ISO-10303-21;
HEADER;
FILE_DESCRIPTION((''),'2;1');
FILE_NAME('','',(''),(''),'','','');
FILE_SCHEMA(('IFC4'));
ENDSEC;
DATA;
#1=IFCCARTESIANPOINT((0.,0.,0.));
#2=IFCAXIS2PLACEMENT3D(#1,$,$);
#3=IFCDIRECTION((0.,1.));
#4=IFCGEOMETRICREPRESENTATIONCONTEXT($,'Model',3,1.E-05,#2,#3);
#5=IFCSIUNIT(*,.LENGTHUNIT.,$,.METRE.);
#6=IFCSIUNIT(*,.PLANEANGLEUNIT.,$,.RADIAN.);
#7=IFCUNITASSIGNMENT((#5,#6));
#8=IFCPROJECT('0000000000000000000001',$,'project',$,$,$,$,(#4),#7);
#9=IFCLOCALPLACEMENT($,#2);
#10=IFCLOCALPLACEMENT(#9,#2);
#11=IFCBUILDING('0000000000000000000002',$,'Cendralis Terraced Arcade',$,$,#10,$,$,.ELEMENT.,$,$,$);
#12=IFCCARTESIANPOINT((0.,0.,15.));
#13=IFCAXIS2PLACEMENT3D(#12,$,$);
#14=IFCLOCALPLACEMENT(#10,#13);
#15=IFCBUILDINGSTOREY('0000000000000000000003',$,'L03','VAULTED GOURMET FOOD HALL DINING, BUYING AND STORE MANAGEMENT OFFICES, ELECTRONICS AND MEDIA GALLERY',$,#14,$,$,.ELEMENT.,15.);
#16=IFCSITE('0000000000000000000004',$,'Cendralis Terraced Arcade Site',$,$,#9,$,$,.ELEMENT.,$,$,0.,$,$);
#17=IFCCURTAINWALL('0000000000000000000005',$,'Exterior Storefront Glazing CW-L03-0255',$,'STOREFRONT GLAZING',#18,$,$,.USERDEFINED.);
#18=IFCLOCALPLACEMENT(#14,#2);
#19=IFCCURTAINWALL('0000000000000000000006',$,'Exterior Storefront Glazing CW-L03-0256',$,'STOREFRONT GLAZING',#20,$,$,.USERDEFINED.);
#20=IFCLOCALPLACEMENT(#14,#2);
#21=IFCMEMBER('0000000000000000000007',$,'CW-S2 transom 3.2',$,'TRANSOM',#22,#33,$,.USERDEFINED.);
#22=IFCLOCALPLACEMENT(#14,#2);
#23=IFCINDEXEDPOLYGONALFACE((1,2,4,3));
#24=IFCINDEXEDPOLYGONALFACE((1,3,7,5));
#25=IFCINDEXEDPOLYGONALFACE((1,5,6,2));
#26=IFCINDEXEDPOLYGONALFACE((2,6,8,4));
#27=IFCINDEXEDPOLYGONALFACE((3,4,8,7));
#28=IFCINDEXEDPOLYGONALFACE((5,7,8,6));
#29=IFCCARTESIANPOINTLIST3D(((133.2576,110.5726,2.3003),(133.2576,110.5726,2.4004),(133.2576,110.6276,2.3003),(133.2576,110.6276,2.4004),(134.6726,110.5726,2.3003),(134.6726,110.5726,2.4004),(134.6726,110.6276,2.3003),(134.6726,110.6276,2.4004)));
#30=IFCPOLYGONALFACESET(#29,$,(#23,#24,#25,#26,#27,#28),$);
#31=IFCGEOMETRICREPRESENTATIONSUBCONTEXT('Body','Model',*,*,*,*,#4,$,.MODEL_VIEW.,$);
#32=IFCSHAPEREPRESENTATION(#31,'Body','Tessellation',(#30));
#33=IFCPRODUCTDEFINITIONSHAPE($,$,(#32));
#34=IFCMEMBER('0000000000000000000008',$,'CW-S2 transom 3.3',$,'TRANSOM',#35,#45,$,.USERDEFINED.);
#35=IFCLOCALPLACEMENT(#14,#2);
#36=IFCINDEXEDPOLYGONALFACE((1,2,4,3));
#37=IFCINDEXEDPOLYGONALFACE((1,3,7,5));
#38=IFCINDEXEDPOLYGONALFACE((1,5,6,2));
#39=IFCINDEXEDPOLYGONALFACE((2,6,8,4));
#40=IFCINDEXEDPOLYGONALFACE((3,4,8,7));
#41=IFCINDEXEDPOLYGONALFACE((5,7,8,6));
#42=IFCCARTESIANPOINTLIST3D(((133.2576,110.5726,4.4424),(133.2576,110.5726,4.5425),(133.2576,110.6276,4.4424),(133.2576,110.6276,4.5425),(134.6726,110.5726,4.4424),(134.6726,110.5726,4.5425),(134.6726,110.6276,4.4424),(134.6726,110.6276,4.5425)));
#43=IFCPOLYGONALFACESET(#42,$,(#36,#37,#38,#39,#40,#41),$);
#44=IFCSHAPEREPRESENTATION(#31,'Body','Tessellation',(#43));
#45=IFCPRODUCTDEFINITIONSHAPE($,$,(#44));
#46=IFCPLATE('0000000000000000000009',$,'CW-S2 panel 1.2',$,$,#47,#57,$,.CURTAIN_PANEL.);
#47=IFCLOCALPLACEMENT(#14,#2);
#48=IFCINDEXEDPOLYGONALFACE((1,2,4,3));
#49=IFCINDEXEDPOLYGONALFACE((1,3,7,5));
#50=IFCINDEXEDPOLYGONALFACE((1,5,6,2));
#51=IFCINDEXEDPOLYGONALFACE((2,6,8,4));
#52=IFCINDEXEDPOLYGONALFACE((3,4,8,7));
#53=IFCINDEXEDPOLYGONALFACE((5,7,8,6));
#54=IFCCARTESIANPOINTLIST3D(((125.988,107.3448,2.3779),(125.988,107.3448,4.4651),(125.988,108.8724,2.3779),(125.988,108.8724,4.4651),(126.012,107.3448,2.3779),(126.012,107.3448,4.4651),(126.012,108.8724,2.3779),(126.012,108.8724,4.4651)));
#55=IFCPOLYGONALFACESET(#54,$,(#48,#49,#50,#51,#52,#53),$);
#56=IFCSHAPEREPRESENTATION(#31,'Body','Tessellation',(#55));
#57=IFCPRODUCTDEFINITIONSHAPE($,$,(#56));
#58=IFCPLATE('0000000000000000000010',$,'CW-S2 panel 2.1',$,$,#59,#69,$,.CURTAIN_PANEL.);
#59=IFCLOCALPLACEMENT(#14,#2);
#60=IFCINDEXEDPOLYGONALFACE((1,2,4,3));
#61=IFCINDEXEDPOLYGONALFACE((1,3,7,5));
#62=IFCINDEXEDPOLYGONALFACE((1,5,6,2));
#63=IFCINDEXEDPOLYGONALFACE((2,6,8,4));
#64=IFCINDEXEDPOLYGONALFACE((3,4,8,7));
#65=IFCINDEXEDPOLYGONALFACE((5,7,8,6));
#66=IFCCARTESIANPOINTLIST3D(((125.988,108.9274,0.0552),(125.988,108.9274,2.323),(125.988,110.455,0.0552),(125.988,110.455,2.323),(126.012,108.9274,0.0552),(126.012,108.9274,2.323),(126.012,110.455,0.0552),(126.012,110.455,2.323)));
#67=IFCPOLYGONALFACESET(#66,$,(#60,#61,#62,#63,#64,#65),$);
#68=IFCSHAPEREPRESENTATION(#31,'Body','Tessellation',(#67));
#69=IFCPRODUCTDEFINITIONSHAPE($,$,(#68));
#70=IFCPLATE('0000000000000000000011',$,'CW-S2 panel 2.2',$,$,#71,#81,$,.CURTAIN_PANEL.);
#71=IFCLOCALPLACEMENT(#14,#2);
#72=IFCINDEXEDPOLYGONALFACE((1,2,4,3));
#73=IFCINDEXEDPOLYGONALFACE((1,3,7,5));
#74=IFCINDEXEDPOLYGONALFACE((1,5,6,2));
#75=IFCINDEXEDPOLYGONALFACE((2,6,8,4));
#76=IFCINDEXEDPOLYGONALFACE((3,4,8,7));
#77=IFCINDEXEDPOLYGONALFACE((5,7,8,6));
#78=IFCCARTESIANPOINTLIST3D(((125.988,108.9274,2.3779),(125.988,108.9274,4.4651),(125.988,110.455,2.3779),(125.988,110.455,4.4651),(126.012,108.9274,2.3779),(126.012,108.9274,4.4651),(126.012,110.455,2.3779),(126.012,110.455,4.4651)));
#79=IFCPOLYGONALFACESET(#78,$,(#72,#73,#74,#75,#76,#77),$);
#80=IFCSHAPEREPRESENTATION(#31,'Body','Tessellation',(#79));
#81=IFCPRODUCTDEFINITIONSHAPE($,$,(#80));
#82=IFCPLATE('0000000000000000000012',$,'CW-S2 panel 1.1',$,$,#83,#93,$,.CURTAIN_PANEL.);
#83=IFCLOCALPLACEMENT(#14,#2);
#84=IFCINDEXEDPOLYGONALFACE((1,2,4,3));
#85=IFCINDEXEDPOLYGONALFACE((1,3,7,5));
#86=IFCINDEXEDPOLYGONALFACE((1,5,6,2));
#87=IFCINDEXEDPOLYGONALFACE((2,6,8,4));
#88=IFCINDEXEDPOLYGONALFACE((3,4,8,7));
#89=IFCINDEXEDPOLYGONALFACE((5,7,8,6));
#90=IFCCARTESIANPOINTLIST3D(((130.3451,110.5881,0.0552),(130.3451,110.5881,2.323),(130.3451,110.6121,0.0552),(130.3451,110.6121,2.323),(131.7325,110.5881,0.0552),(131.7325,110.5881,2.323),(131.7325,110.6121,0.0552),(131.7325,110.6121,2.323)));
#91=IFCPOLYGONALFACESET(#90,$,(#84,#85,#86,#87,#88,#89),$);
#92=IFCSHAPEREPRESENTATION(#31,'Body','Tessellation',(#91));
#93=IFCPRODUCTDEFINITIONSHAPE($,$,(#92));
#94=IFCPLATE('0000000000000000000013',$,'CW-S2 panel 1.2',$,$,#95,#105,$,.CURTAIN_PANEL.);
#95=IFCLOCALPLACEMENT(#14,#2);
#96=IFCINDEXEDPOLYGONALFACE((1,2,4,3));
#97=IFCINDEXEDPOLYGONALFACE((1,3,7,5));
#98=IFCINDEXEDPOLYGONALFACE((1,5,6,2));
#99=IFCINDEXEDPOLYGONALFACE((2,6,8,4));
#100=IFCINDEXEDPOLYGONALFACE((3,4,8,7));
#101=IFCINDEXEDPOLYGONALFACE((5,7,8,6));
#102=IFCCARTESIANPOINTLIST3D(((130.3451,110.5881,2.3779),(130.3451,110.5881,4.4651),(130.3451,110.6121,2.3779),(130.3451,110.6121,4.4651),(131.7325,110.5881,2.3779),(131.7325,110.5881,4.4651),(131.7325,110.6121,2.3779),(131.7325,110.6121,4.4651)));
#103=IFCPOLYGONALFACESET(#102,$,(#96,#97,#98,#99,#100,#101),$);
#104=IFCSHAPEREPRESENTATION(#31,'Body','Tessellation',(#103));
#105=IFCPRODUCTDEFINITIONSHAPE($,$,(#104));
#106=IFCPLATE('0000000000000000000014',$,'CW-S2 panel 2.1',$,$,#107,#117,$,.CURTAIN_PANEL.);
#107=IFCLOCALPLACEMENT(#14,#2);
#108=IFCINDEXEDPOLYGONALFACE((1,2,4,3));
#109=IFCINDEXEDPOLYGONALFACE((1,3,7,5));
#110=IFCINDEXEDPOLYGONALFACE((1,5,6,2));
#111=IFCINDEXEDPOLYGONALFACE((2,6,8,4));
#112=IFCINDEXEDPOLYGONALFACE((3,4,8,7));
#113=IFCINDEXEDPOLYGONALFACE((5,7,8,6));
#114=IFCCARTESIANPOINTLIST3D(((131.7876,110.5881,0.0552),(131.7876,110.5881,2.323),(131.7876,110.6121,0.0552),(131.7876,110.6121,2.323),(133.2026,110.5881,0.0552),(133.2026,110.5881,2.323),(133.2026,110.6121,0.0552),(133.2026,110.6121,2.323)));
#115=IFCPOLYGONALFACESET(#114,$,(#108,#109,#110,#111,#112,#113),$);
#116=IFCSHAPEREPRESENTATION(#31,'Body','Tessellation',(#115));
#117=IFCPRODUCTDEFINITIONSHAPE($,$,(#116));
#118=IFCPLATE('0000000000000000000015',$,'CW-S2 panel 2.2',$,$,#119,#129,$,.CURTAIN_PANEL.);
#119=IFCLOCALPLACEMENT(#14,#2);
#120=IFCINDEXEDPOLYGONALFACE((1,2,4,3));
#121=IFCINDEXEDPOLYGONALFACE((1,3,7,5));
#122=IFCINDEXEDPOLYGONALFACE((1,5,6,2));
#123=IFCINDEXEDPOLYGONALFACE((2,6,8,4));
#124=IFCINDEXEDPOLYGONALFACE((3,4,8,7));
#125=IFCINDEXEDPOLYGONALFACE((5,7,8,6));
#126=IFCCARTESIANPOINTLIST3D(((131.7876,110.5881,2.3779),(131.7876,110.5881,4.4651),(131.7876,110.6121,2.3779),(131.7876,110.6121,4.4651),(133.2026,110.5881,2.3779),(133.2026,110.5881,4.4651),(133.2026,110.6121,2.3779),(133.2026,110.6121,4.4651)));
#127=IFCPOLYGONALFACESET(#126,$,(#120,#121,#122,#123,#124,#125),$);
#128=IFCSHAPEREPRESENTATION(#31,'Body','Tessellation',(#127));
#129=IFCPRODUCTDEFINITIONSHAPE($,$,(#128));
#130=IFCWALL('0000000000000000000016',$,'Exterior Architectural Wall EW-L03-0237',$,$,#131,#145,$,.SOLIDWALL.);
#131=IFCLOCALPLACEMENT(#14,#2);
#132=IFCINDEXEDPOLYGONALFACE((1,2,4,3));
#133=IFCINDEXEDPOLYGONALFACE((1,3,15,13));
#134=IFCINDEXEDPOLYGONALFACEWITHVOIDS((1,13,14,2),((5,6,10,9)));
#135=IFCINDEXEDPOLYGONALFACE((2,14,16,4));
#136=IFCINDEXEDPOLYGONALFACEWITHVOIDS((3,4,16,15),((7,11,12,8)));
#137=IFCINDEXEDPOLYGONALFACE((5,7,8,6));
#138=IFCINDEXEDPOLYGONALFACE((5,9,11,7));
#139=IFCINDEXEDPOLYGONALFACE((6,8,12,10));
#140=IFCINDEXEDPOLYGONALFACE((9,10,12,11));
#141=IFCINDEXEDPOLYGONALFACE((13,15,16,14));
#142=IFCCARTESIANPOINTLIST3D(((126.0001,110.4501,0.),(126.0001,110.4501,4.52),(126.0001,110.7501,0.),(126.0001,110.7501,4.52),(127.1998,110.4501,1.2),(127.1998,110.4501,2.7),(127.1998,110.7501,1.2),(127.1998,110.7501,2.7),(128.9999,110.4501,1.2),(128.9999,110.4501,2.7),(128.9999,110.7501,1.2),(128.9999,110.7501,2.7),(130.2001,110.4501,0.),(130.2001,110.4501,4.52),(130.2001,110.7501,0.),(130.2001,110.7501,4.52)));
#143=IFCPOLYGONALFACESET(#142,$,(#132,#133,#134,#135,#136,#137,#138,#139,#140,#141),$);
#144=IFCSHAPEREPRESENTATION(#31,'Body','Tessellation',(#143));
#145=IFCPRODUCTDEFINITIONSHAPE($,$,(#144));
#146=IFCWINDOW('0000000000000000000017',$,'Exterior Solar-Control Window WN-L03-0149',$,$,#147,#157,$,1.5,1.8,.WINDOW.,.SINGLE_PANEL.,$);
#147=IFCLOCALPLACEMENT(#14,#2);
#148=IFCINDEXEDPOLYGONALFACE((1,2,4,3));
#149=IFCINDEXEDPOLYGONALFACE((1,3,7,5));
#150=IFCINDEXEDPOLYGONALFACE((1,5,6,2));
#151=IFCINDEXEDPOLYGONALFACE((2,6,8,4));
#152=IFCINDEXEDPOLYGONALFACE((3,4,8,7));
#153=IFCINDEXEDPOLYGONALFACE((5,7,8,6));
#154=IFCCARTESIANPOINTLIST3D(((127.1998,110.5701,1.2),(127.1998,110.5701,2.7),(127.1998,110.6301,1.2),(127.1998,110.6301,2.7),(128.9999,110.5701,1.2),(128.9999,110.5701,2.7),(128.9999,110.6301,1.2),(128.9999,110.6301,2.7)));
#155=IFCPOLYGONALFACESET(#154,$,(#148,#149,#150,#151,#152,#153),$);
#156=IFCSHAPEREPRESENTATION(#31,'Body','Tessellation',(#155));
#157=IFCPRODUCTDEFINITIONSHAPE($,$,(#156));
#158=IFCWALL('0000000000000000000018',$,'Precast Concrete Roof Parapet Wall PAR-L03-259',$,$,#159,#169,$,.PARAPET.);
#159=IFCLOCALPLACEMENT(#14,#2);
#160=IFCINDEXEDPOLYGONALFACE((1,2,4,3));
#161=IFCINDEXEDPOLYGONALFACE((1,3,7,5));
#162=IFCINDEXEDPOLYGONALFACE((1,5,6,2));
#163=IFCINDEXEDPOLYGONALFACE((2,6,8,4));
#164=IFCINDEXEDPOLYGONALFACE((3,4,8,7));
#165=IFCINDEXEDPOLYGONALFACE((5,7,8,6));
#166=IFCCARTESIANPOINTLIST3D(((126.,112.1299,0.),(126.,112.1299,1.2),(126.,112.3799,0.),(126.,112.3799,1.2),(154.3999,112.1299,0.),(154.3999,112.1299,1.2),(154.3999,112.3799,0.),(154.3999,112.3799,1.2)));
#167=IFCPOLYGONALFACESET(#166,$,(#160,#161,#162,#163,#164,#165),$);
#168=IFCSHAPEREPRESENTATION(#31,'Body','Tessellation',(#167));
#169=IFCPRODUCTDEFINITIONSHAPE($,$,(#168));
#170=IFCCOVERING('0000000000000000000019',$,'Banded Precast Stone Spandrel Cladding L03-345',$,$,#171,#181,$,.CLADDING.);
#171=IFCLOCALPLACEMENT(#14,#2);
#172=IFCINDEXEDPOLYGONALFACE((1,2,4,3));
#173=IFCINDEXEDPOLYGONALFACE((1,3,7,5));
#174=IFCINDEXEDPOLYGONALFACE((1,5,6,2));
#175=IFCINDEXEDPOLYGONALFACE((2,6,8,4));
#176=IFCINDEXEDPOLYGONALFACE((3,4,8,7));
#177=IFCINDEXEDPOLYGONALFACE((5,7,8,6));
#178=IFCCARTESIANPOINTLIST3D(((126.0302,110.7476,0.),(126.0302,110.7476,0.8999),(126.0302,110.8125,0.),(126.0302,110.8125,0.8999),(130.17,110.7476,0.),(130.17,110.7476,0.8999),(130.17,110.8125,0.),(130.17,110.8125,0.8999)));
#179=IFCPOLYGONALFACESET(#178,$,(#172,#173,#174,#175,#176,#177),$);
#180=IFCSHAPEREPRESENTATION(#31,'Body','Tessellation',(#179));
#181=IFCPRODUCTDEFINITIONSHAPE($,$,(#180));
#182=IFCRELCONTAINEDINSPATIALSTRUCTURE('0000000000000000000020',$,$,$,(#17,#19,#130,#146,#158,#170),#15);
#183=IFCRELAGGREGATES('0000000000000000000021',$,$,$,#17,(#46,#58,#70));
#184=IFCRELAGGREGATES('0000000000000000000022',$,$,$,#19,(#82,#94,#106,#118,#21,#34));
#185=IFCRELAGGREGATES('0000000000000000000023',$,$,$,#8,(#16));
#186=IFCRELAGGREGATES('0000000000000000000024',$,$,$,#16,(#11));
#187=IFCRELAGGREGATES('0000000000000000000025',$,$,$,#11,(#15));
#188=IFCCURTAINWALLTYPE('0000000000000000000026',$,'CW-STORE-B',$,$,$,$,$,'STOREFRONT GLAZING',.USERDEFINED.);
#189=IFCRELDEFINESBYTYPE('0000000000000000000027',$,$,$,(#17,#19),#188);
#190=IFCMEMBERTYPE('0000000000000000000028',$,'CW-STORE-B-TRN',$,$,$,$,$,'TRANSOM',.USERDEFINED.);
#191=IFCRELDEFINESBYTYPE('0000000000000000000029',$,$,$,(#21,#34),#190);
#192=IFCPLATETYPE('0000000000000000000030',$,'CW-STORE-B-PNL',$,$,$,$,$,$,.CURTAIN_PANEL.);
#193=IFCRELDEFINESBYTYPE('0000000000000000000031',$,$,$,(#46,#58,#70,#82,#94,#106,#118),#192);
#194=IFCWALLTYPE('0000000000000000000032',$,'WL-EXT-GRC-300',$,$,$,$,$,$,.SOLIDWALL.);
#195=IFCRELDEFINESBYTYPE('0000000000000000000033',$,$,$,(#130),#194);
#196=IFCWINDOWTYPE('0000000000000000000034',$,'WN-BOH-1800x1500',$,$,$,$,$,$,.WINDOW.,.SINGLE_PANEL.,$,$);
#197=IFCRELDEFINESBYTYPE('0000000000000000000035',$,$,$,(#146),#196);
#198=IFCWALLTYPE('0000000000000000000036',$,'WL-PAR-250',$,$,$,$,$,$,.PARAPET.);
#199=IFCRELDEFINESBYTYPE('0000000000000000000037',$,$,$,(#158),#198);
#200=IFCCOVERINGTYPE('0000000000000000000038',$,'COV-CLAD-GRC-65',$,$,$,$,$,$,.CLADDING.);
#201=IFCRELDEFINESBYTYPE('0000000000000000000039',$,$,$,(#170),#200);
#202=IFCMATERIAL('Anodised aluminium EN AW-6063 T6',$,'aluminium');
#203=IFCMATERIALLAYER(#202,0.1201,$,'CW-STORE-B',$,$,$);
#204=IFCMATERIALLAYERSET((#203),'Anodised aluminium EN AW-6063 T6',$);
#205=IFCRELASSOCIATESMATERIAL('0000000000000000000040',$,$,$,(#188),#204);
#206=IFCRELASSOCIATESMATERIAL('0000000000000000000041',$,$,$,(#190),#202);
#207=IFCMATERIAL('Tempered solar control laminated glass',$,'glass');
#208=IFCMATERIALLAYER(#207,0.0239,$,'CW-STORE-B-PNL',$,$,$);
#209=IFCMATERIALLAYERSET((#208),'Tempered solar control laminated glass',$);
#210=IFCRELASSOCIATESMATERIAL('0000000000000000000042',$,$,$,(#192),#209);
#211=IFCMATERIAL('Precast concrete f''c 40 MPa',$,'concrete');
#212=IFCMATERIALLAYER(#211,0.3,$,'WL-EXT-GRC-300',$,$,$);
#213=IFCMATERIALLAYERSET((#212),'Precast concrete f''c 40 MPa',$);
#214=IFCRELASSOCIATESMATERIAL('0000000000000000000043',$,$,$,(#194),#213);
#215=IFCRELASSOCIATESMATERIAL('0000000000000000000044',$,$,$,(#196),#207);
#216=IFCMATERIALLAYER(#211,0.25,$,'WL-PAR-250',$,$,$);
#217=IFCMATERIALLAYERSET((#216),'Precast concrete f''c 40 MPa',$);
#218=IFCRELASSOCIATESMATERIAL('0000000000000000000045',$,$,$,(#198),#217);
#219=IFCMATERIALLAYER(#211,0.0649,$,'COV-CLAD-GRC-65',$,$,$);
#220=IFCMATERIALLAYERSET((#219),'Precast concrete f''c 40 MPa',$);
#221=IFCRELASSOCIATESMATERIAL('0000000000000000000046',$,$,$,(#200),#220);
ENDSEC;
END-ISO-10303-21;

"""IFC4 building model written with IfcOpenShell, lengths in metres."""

from ifc_helpers import new_model, si_unit, direction, frame, frame_2d, origin, origin_2d, place, context, subcontext, project, spatial, rectangle, extrude, material, layer, layer_set, material_profile, profile_set, type_object, element, fill, aggregate, save


model = new_model("IFC4")

# Units and contexts
model_context = context("Model", 3, precision=1e-05, world=origin(), true_north=direction((0.0, 1.0)))
body_context = subcontext(model_context, "Body", "Model", "MODEL_VIEW")
ifc_project = project(units=[si_unit("LENGTHUNIT", "METRE"), si_unit("PLANEANGLEUNIT", "RADIAN")], contexts=[model_context])

# Site, building, storey
site_placement = place(None, origin())
site = spatial("IfcSite", under=ifc_project, at=site_placement, Name="Cendralis Terraced Arcade Site", CompositionType="ELEMENT", RefElevation=0.0)
building_placement = place(site_placement, origin())
building = spatial("IfcBuilding", under=site, at=building_placement, Name="Cendralis Terraced Arcade", CompositionType="ELEMENT")
storey_placement = place(building_placement, frame((0.0, 0.0, 15.0)))
storey = spatial("IfcBuildingStorey", under=building, at=storey_placement, Name="L03", Description="VAULTED GOURMET FOOD HALL DINING, BUYING AND STORE MANAGEMENT OFFICES, ELECTRONICS AND MEDIA GALLERY", CompositionType="ELEMENT", Elevation=15.0)

# Curtain walls
ifc_material_1 = material(Name="Anodised aluminium EN AW-6063 T6", Category="aluminium")
ifc_layer_1 = layer(ifc_material_1, 0.1201, Name="CW-STORE-B")
ifc_layer_set_1 = layer_set([ifc_layer_1], Name="Anodised aluminium EN AW-6063 T6")
curtain_wall_type = type_object("IfcCurtainWallType", Name="CW-STORE-B", ElementType="STOREFRONT GLAZING", PredefinedType="USERDEFINED", material=ifc_layer_set_1)
curtain_wall_1_placement = place(storey_placement, origin())
curtain_wall_1 = element("IfcCurtainWall", 1, at=curtain_wall_1_placement, inside=storey, type_object=curtain_wall_type, Name="Exterior Storefront Glazing CW-L03-0255", ObjectType="STOREFRONT GLAZING", PredefinedType="USERDEFINED")
curtain_wall_2_placement = place(storey_placement, origin())
curtain_wall_2 = element("IfcCurtainWall", 2, at=curtain_wall_2_placement, inside=storey, type_object=curtain_wall_type, Name="Exterior Storefront Glazing CW-L03-0256", ObjectType="STOREFRONT GLAZING", PredefinedType="USERDEFINED")

# Members
ifc_material_profile_1 = material_profile(ifc_material_1, rectangle(XDim=0.0549, YDim=0.1001, at=origin_2d()), Name="ALU-TRN-55x100")
ifc_profile_set_1 = profile_set([ifc_material_profile_1], Name="Anodised aluminium EN AW-6063 T6")
member_type_1 = type_object("IfcMemberType", Name="CW-STORE-B-TRN", ElementType="TRANSOM", PredefinedType="USERDEFINED", material=ifc_profile_set_1)
member_1_placement = place(storey_placement, frame((133.2576, 110.6001, 2.3503), z_axis=(1.0, 0.0, 0.0), x_axis=(0.0, 1.0, 0.0)))
member_1 = element("IfcMember", 3, at=member_1_placement, type_object=member_type_1, Name="CW-S2 transom 3.2", ObjectType="TRANSOM", PredefinedType="USERDEFINED", context=body_context, shape_type="SweptSolid", body=[
    extrude(rectangle(XDim=0.0549, YDim=0.1001, at=origin_2d()), origin(), (0.0, 0.0, 1.0), 1.415),
])
member_2_placement = place(storey_placement, frame((133.2576, 110.6001, 4.4924), z_axis=(1.0, 0.0, 0.0), x_axis=(0.0, 1.0, 0.0)))
member_2 = element("IfcMember", 4, at=member_2_placement, type_object=member_type_1, Name="CW-S2 transom 3.3", ObjectType="TRANSOM", PredefinedType="USERDEFINED", context=body_context, shape_type="SweptSolid", body=[
    extrude(rectangle(XDim=0.0549, YDim=0.1001, at=origin_2d()), origin(), (0.0, 0.0, 1.0), 1.415),
])

# Plates
ifc_material_2 = material(Name="Tempered solar control laminated glass", Category="glass")
ifc_layer_2 = layer(ifc_material_2, 0.0239, Name="CW-STORE-B-PNL")
ifc_layer_set_2 = layer_set([ifc_layer_2], Name="Tempered solar control laminated glass")
plate_type = type_object("IfcPlateType", Name="CW-STORE-B-PNL", PredefinedType="CURTAIN_PANEL", material=ifc_layer_set_2)
plate_1_placement = place(storey_placement, frame((126.0, 108.1086, 2.3779), z_axis=(0.0, 0.0, 1.0), x_axis=(0.0, 1.0, 0.0)))
plate_1 = element("IfcPlate", 5, at=plate_1_placement, type_object=plate_type, Name="CW-S2 panel 1.2", PredefinedType="CURTAIN_PANEL", context=body_context, shape_type="SweptSolid", body=[
    extrude(rectangle(XDim=1.5276, YDim=0.0239, at=origin_2d()), origin(), (0.0, 0.0, 1.0), 2.0872),
])
plate_2_placement = place(storey_placement, frame((126.0, 109.6912, 0.0552), z_axis=(0.0, 0.0, 1.0), x_axis=(0.0, 1.0, 0.0)))
plate_2 = element("IfcPlate", 6, at=plate_2_placement, type_object=plate_type, Name="CW-S2 panel 2.1", PredefinedType="CURTAIN_PANEL", context=body_context, shape_type="SweptSolid", body=[
    extrude(rectangle(XDim=1.5276, YDim=0.0239, at=origin_2d()), origin(), (0.0, 0.0, 1.0), 2.2678),
])
plate_3_placement = place(storey_placement, frame((126.0, 109.6912, 2.3779), z_axis=(0.0, 0.0, 1.0), x_axis=(0.0, 1.0, 0.0)))
plate_3 = element("IfcPlate", 7, at=plate_3_placement, type_object=plate_type, Name="CW-S2 panel 2.2", PredefinedType="CURTAIN_PANEL", context=body_context, shape_type="SweptSolid", body=[
    extrude(rectangle(XDim=1.5276, YDim=0.0239, at=origin_2d()), origin(), (0.0, 0.0, 1.0), 2.0872),
])
aggregate(curtain_wall_1, [plate_1, plate_2, plate_3])
plate_4_placement = place(storey_placement, frame((131.0388, 110.6001, 0.0552), z_axis=(0.0, 0.0, 1.0), x_axis=(1.0, 0.0, 0.0)))
plate_4 = element("IfcPlate", 8, at=plate_4_placement, type_object=plate_type, Name="CW-S2 panel 1.1", PredefinedType="CURTAIN_PANEL", context=body_context, shape_type="SweptSolid", body=[
    extrude(rectangle(XDim=1.3875, YDim=0.0239, at=origin_2d()), origin(), (0.0, 0.0, 1.0), 2.2678),
])
plate_5_placement = place(storey_placement, frame((131.0388, 110.6001, 2.3779), z_axis=(0.0, 0.0, 1.0), x_axis=(1.0, 0.0, 0.0)))
plate_5 = element("IfcPlate", 9, at=plate_5_placement, type_object=plate_type, Name="CW-S2 panel 1.2", PredefinedType="CURTAIN_PANEL", context=body_context, shape_type="SweptSolid", body=[
    extrude(rectangle(XDim=1.3875, YDim=0.0239, at=origin_2d()), origin(), (0.0, 0.0, 1.0), 2.0872),
])
plate_6_placement = place(storey_placement, frame((132.4951, 110.6001, 0.0552), z_axis=(0.0, 0.0, 1.0), x_axis=(1.0, 0.0, 0.0)))
plate_6 = element("IfcPlate", 10, at=plate_6_placement, type_object=plate_type, Name="CW-S2 panel 2.1", PredefinedType="CURTAIN_PANEL", context=body_context, shape_type="SweptSolid", body=[
    extrude(rectangle(XDim=1.415, YDim=0.0239, at=origin_2d()), origin(), (0.0, 0.0, 1.0), 2.2678),
])
plate_7_placement = place(storey_placement, frame((132.4951, 110.6001, 2.3779), z_axis=(0.0, 0.0, 1.0), x_axis=(1.0, 0.0, 0.0)))
plate_7 = element("IfcPlate", 11, at=plate_7_placement, type_object=plate_type, Name="CW-S2 panel 2.2", PredefinedType="CURTAIN_PANEL", context=body_context, shape_type="SweptSolid", body=[
    extrude(rectangle(XDim=1.415, YDim=0.0239, at=origin_2d()), origin(), (0.0, 0.0, 1.0), 2.0872),
])
aggregate(curtain_wall_2, [plate_4, plate_5, plate_6, plate_7, member_1, member_2])

# Wall, opening, window
ifc_material_3 = material(Name="Precast concrete f'c 40 MPa", Category="concrete")
ifc_layer_3 = layer(ifc_material_3, 0.3, Name="WL-EXT-GRC-300")
ifc_layer_set_3 = layer_set([ifc_layer_3], Name="Precast concrete f'c 40 MPa")
wall_type_1 = type_object("IfcWallType", Name="WL-EXT-GRC-300", PredefinedType="SOLIDWALL", material=ifc_layer_set_3)
wall_1_placement = place(storey_placement, frame((126.0, 110.6001, 0.0), z_axis=(0.0, 0.0, 1.0), x_axis=(1.0, 0.0, 0.0)))
wall_1 = element("IfcWall", 12, at=wall_1_placement, inside=storey, type_object=wall_type_1, Name="Exterior Architectural Wall EW-L03-0237", PredefinedType="SOLIDWALL", context=body_context, shape_type="SweptSolid", body=[
    extrude(rectangle(XDim=4.2, YDim=0.3, at=frame_2d((2.1001, 0.0))), origin(), (0.0, 0.0, 1.0), 4.52),
])
opening_placement = place(wall_1_placement, frame((1.2, 0.0, 1.2)))
opening = element("IfcOpeningElement", 13, at=opening_placement, cuts=wall_1, PredefinedType="OPENING", context=body_context, shape_type="SweptSolid", body=[
    extrude(rectangle(XDim=1.8, YDim=1.5, at=frame_2d((0.8999, 0.75))), frame((0.0, 0.1621, 0.0), z_axis=(0.0, -1.0, 0.0), x_axis=(1.0, 0.0, 0.0)), (0.0, 0.0, 1.0), 0.324),
])
window_type = type_object("IfcWindowType", Name="WN-BOH-1800x1500", PartitioningType="SINGLE_PANEL", PredefinedType="WINDOW", material=ifc_material_2)
window_placement = place(opening_placement, origin())
window = element("IfcWindow", 14, at=window_placement, inside=storey, type_object=window_type, Name="Exterior Solar-Control Window WN-L03-0149", OverallHeight=1.5, OverallWidth=1.8, PartitioningType="SINGLE_PANEL", PredefinedType="WINDOW", context=body_context, shape_type="SweptSolid", body=[
    extrude(rectangle(XDim=1.8, YDim=1.5, at=frame_2d((0.8999, 0.75))), frame((0.0, 0.03, 0.0), z_axis=(0.0, -1.0, 0.0), x_axis=(1.0, 0.0, 0.0)), (0.0, 0.0, 1.0), 0.0601),
])
fill(opening, window)

# Wall
ifc_layer_4 = layer(ifc_material_3, 0.25, Name="WL-PAR-250")
ifc_layer_set_4 = layer_set([ifc_layer_4], Name="Precast concrete f'c 40 MPa")
wall_type_2 = type_object("IfcWallType", Name="WL-PAR-250", PredefinedType="PARAPET", material=ifc_layer_set_4)
wall_2_placement = place(storey_placement, frame((126.0, 112.2549, 0.0), z_axis=(0.0, 0.0, 1.0), x_axis=(1.0, 0.0, 0.0)))
element("IfcWall", 15, at=wall_2_placement, inside=storey, type_object=wall_type_2, Name="Precast Concrete Roof Parapet Wall PAR-L03-259", PredefinedType="PARAPET", context=body_context, shape_type="SweptSolid", body=[
    extrude(rectangle(XDim=28.3999, YDim=0.25, at=frame_2d((14.2, 0.0))), origin(), (0.0, 0.0, 1.0), 1.2),
])

# Covering
ifc_layer_5 = layer(ifc_material_3, 0.0649, Name="COV-CLAD-GRC-65")
ifc_layer_set_5 = layer_set([ifc_layer_5], Name="Precast concrete f'c 40 MPa")
covering_type = type_object("IfcCoveringType", Name="COV-CLAD-GRC-65", PredefinedType="CLADDING", material=ifc_layer_set_5)
covering_1_placement = place(storey_placement, frame((128.1001, 110.78, 0.0), z_axis=(0.0, 0.0, 1.0), x_axis=(1.0, 0.0, 0.0)))
element("IfcCovering", 16, at=covering_1_placement, inside=storey, type_object=covering_type, Name="Banded Precast Stone Spandrel Cladding L03-345", PredefinedType="CLADDING", context=body_context, shape_type="SweptSolid", body=[
    extrude(rectangle(XDim=4.1399, YDim=0.0649, at=origin_2d()), origin(), (0.0, 0.0, 1.0), 0.8999),
])

save(model, "model.ifc")
